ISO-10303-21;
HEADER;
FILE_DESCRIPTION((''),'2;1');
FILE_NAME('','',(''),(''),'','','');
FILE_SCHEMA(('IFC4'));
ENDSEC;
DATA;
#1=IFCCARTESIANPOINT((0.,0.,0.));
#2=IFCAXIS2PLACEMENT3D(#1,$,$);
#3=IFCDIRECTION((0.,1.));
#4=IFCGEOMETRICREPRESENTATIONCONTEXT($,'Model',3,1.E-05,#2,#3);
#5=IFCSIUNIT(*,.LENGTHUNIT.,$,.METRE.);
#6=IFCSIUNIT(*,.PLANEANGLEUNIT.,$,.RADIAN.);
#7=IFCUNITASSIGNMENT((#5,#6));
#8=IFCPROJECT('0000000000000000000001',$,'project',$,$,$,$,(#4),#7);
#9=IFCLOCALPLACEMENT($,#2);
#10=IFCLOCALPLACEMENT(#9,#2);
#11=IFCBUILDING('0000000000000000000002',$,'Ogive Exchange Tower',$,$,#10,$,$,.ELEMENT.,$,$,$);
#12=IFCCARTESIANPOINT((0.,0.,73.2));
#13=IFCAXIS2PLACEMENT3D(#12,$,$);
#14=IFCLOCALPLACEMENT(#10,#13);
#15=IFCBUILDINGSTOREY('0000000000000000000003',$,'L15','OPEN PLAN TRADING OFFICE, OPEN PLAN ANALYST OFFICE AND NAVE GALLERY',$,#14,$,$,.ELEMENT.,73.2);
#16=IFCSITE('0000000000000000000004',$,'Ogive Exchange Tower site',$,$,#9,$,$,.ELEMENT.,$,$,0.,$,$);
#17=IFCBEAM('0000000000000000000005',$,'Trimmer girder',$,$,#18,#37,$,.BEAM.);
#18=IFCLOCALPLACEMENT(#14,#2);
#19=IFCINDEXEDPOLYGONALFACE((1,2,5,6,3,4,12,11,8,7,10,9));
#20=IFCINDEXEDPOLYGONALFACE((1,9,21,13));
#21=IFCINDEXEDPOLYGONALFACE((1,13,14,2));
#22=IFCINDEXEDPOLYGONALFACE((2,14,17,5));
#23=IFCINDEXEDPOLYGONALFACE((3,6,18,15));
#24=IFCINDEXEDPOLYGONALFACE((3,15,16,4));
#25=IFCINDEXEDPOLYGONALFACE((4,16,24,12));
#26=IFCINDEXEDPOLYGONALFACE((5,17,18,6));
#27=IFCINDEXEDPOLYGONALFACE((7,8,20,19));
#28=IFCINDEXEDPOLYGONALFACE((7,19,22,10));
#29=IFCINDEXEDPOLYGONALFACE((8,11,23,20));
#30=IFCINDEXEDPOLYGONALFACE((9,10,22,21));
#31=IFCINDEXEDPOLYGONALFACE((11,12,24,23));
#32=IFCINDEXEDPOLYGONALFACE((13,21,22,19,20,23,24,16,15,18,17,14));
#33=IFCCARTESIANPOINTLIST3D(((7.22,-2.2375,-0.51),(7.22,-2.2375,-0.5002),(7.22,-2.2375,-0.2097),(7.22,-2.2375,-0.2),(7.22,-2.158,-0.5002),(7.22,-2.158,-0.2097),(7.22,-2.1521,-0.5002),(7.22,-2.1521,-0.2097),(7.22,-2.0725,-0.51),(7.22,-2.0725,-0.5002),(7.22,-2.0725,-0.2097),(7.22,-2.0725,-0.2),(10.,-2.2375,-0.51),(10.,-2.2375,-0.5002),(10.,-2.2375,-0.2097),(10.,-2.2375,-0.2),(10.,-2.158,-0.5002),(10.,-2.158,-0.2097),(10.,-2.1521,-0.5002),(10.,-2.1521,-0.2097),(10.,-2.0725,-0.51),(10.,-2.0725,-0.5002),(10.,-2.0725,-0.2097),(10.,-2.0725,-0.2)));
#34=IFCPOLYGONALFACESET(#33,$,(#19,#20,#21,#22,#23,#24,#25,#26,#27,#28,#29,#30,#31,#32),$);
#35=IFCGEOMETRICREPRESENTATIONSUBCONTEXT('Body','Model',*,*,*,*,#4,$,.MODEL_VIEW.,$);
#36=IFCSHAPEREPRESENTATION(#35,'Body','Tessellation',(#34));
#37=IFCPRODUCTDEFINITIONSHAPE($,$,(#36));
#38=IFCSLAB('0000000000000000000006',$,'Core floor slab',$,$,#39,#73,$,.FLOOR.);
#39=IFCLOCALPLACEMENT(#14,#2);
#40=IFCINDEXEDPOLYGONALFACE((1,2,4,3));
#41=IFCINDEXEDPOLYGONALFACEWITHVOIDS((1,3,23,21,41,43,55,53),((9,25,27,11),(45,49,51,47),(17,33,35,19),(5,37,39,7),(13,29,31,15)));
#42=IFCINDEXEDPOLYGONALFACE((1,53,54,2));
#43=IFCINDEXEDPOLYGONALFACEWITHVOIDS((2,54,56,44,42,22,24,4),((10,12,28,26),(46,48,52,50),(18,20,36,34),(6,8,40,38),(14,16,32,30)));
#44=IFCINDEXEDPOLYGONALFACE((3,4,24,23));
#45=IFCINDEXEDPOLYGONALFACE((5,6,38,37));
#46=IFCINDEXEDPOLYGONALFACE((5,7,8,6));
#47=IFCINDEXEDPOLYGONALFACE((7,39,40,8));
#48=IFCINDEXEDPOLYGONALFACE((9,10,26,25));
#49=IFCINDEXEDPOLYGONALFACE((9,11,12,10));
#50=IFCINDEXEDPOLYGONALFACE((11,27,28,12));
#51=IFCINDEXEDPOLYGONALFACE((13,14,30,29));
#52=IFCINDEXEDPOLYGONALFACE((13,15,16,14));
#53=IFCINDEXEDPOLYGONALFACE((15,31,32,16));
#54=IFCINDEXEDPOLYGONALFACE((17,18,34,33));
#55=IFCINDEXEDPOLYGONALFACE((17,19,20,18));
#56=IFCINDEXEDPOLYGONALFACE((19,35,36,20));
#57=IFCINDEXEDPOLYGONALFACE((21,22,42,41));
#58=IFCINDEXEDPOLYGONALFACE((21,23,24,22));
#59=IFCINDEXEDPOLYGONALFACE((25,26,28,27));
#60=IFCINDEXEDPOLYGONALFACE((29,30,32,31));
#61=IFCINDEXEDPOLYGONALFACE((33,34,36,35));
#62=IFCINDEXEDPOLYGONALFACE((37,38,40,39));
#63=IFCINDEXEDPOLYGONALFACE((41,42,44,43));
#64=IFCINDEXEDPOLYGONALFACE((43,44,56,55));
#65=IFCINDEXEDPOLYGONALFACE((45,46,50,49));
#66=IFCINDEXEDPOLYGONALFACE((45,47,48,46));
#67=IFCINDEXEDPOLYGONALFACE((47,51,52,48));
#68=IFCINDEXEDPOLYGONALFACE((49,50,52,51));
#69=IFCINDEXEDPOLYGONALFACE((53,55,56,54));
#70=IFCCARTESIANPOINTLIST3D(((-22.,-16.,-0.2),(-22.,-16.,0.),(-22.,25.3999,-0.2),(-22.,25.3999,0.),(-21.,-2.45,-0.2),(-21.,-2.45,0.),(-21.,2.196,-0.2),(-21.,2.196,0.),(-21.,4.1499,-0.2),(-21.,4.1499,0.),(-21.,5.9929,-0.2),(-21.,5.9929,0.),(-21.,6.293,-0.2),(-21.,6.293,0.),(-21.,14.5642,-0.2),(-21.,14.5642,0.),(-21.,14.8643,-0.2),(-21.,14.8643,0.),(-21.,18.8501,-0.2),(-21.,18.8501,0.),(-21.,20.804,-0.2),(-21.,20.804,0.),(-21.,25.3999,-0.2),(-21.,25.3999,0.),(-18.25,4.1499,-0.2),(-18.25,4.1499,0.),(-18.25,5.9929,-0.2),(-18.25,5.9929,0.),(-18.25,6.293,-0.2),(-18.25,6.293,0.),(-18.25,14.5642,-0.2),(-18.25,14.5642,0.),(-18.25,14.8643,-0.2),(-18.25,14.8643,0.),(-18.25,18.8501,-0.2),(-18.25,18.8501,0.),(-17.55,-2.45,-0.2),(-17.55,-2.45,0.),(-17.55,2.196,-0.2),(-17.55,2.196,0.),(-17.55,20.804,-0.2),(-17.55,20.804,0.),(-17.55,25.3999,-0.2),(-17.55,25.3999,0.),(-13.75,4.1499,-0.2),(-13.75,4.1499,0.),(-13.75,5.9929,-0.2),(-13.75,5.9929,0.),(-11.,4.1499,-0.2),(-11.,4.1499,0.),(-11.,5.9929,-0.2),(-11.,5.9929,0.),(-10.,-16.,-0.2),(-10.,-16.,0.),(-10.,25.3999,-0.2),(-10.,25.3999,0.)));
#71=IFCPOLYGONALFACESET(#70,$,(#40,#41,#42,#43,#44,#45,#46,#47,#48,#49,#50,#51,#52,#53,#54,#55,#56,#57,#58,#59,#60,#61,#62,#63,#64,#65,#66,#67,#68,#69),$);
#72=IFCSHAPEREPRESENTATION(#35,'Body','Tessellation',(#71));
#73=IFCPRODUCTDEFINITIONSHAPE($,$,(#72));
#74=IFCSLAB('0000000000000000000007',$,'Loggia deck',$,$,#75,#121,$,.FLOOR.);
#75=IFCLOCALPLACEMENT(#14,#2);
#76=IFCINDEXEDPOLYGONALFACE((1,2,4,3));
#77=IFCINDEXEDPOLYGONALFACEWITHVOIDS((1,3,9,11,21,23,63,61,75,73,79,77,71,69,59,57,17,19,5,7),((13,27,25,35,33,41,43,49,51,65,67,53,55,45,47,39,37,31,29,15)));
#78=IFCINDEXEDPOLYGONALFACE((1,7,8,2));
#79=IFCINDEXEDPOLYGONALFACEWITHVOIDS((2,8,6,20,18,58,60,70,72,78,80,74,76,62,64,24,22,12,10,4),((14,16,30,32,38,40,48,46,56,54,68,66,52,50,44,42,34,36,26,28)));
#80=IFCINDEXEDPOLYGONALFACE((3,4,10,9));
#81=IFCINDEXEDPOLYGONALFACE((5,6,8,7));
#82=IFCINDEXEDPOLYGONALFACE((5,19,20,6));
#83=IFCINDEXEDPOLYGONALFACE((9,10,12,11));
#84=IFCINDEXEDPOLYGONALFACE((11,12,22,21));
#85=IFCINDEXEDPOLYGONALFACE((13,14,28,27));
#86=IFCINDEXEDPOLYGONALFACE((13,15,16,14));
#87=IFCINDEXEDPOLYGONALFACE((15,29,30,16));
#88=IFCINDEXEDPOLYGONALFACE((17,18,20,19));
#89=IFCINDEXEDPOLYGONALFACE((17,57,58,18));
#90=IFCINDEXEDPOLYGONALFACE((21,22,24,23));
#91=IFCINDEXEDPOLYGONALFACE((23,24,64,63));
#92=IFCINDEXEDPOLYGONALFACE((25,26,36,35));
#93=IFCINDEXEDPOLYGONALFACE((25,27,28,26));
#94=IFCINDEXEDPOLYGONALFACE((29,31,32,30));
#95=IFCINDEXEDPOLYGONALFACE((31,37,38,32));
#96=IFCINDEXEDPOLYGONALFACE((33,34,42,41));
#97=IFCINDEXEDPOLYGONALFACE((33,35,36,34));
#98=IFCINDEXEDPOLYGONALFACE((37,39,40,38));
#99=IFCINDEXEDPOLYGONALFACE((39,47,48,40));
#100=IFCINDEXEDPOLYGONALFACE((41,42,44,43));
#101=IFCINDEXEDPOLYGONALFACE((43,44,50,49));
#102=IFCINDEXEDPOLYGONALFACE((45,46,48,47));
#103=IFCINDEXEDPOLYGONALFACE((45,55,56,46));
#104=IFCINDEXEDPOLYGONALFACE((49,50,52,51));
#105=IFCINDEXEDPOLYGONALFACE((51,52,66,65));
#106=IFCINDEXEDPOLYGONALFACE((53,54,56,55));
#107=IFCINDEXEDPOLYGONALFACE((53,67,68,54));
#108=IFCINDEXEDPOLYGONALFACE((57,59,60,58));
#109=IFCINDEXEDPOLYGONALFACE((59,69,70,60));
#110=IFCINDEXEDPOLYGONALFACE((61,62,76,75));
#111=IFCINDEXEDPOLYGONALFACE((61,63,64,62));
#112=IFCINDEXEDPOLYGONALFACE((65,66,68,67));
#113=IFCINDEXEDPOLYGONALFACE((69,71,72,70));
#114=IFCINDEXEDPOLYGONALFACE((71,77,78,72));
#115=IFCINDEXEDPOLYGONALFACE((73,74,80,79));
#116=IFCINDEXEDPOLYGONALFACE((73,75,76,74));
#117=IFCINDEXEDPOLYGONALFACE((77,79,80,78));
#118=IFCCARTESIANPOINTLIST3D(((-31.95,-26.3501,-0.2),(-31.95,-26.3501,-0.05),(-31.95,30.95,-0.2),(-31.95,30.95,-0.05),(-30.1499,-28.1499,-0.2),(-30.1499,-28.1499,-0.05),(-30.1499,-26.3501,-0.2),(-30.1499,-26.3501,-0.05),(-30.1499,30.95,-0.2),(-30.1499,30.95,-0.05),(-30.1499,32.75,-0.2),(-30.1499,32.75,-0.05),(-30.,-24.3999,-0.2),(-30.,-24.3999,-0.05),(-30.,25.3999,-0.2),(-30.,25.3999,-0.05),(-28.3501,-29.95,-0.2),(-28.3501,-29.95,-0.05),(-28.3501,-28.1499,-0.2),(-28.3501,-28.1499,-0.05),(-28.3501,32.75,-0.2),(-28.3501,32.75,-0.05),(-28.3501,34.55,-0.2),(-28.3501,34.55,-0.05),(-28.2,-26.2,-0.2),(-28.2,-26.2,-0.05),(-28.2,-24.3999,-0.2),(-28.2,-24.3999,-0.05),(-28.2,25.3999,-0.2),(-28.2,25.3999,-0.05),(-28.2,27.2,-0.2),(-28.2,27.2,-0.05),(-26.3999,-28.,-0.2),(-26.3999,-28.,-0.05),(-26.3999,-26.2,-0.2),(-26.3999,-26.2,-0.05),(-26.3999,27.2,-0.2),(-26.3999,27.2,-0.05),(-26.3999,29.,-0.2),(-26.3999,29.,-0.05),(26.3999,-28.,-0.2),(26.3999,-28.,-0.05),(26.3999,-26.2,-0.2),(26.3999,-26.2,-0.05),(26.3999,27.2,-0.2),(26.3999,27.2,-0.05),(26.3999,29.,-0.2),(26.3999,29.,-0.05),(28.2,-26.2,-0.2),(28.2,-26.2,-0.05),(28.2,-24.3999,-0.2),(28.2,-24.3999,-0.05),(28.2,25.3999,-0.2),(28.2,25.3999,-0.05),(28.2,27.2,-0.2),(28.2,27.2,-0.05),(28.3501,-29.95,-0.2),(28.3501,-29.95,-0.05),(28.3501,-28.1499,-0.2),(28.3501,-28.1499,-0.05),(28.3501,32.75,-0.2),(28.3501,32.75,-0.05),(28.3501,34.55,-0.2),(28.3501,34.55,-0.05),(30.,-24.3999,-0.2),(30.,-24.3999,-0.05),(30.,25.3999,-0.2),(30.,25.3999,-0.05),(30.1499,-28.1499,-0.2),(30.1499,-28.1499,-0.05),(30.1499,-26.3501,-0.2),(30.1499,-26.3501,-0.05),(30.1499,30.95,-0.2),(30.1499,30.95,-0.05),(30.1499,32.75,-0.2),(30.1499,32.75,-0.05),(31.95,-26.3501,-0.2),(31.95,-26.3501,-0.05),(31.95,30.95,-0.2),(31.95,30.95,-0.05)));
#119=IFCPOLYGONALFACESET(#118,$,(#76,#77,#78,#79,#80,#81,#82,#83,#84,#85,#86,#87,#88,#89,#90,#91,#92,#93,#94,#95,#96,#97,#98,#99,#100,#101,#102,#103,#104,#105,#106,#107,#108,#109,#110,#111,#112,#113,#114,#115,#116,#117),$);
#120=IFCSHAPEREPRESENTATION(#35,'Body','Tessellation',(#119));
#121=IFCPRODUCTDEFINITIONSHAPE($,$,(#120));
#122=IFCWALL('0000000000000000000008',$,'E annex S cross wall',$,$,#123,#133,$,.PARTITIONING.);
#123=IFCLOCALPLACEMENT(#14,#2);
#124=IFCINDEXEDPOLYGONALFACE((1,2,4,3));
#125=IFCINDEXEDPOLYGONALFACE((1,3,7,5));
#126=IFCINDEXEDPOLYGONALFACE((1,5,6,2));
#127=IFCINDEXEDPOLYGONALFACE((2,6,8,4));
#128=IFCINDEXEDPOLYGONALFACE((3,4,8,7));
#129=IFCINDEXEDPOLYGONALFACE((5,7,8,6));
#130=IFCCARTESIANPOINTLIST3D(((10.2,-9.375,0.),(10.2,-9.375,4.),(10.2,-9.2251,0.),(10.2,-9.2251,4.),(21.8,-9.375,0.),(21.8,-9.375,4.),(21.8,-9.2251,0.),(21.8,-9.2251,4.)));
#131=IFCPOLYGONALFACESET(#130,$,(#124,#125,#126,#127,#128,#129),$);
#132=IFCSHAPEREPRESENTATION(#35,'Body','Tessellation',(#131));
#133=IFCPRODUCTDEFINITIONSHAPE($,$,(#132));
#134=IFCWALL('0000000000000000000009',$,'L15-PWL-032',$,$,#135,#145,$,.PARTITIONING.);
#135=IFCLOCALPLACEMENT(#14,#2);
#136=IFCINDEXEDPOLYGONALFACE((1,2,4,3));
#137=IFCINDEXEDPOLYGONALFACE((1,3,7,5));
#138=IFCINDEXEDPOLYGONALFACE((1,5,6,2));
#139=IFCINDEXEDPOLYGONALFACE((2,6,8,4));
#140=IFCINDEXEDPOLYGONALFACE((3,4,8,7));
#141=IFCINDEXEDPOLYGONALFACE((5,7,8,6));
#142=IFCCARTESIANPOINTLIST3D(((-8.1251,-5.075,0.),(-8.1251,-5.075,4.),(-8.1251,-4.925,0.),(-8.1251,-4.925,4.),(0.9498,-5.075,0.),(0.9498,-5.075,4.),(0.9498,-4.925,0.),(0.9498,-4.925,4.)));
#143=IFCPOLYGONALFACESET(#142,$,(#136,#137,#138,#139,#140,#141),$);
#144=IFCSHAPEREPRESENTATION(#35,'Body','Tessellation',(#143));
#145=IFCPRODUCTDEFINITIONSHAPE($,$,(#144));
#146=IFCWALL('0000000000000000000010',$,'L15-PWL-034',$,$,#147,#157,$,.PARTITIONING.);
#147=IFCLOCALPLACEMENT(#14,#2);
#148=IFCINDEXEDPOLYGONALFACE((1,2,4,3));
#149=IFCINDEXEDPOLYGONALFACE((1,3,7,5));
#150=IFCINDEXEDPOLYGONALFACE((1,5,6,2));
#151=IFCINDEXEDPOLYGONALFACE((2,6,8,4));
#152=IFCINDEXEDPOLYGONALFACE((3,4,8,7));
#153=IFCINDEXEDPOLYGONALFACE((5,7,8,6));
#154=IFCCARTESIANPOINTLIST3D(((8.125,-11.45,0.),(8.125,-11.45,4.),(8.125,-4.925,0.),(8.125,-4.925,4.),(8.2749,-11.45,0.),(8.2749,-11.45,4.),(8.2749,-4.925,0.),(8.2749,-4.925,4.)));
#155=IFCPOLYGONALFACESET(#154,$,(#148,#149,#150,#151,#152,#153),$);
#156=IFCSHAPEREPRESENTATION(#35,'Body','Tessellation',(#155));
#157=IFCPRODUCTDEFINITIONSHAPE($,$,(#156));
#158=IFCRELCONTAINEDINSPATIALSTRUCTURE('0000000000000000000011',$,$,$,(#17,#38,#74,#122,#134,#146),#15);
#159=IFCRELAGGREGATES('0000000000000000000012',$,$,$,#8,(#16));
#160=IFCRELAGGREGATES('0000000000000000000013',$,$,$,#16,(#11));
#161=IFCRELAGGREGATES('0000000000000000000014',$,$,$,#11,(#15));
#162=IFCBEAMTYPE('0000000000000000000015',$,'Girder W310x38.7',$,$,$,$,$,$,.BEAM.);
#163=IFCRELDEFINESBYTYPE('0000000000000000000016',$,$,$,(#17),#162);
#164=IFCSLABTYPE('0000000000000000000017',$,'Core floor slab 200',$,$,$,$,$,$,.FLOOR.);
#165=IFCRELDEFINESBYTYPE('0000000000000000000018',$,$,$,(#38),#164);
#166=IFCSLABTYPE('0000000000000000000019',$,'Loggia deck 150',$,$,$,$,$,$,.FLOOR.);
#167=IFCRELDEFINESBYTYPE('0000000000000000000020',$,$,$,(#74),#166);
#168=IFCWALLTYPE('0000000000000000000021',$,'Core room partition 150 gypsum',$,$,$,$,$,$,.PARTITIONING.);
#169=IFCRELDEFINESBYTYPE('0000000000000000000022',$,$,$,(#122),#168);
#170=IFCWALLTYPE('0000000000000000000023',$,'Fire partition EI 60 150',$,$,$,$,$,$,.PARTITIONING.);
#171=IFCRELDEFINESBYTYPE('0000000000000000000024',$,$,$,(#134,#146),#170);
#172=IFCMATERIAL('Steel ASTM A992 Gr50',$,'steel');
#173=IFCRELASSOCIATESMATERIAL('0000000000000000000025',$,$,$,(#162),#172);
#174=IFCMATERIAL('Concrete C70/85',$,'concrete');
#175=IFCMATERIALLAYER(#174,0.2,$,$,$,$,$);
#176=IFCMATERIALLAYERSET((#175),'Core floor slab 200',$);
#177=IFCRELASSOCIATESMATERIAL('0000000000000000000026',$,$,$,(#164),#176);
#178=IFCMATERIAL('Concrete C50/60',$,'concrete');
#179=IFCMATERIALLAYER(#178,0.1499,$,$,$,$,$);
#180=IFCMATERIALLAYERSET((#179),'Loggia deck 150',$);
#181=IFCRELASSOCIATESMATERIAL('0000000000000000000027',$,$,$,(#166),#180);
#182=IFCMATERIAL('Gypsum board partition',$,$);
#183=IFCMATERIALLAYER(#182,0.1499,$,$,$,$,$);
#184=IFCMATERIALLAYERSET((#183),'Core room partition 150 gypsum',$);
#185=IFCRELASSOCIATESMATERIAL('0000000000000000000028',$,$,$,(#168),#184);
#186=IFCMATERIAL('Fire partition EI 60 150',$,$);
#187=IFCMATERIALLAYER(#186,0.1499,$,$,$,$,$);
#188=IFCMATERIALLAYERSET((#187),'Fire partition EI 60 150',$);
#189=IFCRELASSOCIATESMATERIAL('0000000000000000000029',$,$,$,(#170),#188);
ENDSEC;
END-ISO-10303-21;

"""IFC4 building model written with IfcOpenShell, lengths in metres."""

from ifc_helpers import new_model, si_unit, direction, frame, frame_2d, origin, origin_2d, place, context, subcontext, project, spatial, polyline, rectangle, i_section, outline, extrude, material, layer, layer_set, material_profile, profile_set, type_object, element, save


model = new_model("IFC4")

# Units and contexts
model_context = context("Model", 3, precision=1e-05, world=origin(), true_north=direction((0.0, 1.0)))
body_context = subcontext(model_context, "Body", "Model", "MODEL_VIEW")
ifc_project = project(units=[si_unit("LENGTHUNIT", "METRE"), si_unit("PLANEANGLEUNIT", "RADIAN")], contexts=[model_context])

# Site, building, storey
site_placement = place(None, origin())
site = spatial("IfcSite", under=ifc_project, at=site_placement, Name="Ogive Exchange Tower site", CompositionType="ELEMENT", RefElevation=0.0)
building_placement = place(site_placement, origin())
building = spatial("IfcBuilding", under=site, at=building_placement, Name="Ogive Exchange Tower", CompositionType="ELEMENT")
storey_placement = place(building_placement, frame((0.0, 0.0, 73.2)))
storey = spatial("IfcBuildingStorey", under=building, at=storey_placement, Name="L15", Description="OPEN PLAN TRADING OFFICE, OPEN PLAN ANALYST OFFICE AND NAVE GALLERY", CompositionType="ELEMENT", Elevation=73.2)

# Beam
ifc_material_1 = material(Name="Steel ASTM A992 Gr50", Category="steel")
ifc_material_profile = material_profile(ifc_material_1, i_section(OverallWidth=0.165, OverallDepth=0.3101, WebThickness=0.0059, FlangeThickness=0.0098, at=origin_2d()), Name="W310x38.7")
ifc_profile_set = profile_set([ifc_material_profile], Name="Steel ASTM A992 Gr50")
beam_type = type_object("IfcBeamType", Name="Girder W310x38.7", PredefinedType="BEAM", material=ifc_profile_set)
beam_placement = place(storey_placement, frame((7.22, -2.155, -0.355), z_axis=(1.0, 0.0, 0.0), x_axis=(0.0, 1.0, 0.0)))
element("IfcBeam", 1, at=beam_placement, inside=storey, type_object=beam_type, Name="Trimmer girder", PredefinedType="BEAM", context=body_context, shape_type="SweptSolid", body=[
    extrude(i_section(OverallWidth=0.165, OverallDepth=0.3101, WebThickness=0.0059, FlangeThickness=0.0098, at=origin_2d()), origin(), (0.0, 0.0, 1.0), 2.78),
])

# Slabs
ifc_material_2 = material(Name="Concrete C70/85", Category="concrete")
ifc_layer_1 = layer(ifc_material_2, 0.2)
ifc_layer_set_1 = layer_set([ifc_layer_1], Name="Core floor slab 200")
slab_type_1 = type_object("IfcSlabType", Name="Core floor slab 200", PredefinedType="FLOOR", material=ifc_layer_set_1)
slab_1_placement = place(storey_placement, frame((0.0, 0.0, -0.2)))
element("IfcSlab", 2, at=slab_1_placement, inside=storey, type_object=slab_type_1, Name="Core floor slab", PredefinedType="FLOOR", context=body_context, shape_type="SweptSolid", body=[
    extrude(outline(polyline([(-10.0, 25.3999), (-10.0, -16.0), (-22.0, -16.0), (-22.0, 25.3999), (-21.0, 25.3999), (-21.0, 20.804), (-17.55, 20.804), (-17.55, 25.3999), (-10.0, 25.3999)]), holes=[polyline([(-17.55, 2.196), (-21.0, 2.196), (-21.0, -2.45), (-17.55, -2.45), (-17.55, 2.196)]), polyline([(-18.25, 5.9929), (-21.0, 5.9929), (-21.0, 4.1499), (-18.25, 4.1499), (-18.25, 5.9929)]), polyline([(-11.0, 5.9929), (-13.75, 5.9929), (-13.75, 4.1499), (-11.0, 4.1499), (-11.0, 5.9929)]), polyline([(-21.0, 14.5642), (-21.0, 6.293), (-18.25, 6.293), (-18.25, 14.5642), (-21.0, 14.5642)]), polyline([(-18.25, 18.8501), (-21.0, 18.8501), (-21.0, 14.8643), (-18.25, 14.8643), (-18.25, 18.8501)])]), origin(), (0.0, 0.0, 1.0), 0.2),
])
ifc_material_3 = material(Name="Concrete C50/60", Category="concrete")
ifc_layer_2 = layer(ifc_material_3, 0.1499)
ifc_layer_set_2 = layer_set([ifc_layer_2], Name="Loggia deck 150")
slab_type_2 = type_object("IfcSlabType", Name="Loggia deck 150", PredefinedType="FLOOR", material=ifc_layer_set_2)
slab_2_placement = place(storey_placement, frame((0.0, 0.0, -0.2)))
element("IfcSlab", 3, at=slab_2_placement, inside=storey, type_object=slab_type_2, Name="Loggia deck", PredefinedType="FLOOR", context=body_context, shape_type="SweptSolid", body=[
    extrude(outline(polyline([(-28.3501, -28.1499), (-30.1499, -28.1499), (-30.1499, -26.3501), (-31.95, -26.3501), (-31.95, 30.95), (-30.1499, 30.95), (-30.1499, 32.75), (-28.3501, 32.75), (-28.3501, 34.55), (28.3501, 34.55), (28.3501, 32.75), (30.1499, 32.75), (30.1499, 30.95), (31.95, 30.95), (31.95, -26.3501), (30.1499, -26.3501), (30.1499, -28.1499), (28.3501, -28.1499), (28.3501, -29.95), (-28.3501, -29.95), (-28.3501, -28.1499)]), holes=[polyline([(26.3999, -26.2), (28.2, -26.2), (28.2, -24.3999), (30.0, -24.3999), (30.0, 25.3999), (28.2, 25.3999), (28.2, 27.2), (26.3999, 27.2), (26.3999, 29.0), (-26.3999, 29.0), (-26.3999, 27.2), (-28.2, 27.2), (-28.2, 25.3999), (-30.0, 25.3999), (-30.0, -24.3999), (-28.2, -24.3999), (-28.2, -26.2), (-26.3999, -26.2), (-26.3999, -28.0), (26.3999, -28.0), (26.3999, -26.2)])]), origin(), (0.0, 0.0, 1.0), 0.1499),
])

# Walls
ifc_material_4 = material(Name="Gypsum board partition")
ifc_layer_3 = layer(ifc_material_4, 0.1499)
ifc_layer_set_3 = layer_set([ifc_layer_3], Name="Core room partition 150 gypsum")
wall_type_1 = type_object("IfcWallType", Name="Core room partition 150 gypsum", PredefinedType="PARTITIONING", material=ifc_layer_set_3)
wall_1_placement = place(storey_placement, frame((10.2, -9.3, 0.0), z_axis=(0.0, 0.0, 1.0), x_axis=(1.0, 0.0, 0.0)))
element("IfcWall", 4, at=wall_1_placement, inside=storey, type_object=wall_type_1, Name="E annex S cross wall", PredefinedType="PARTITIONING", context=body_context, shape_type="SweptSolid", body=[
    extrude(rectangle(XDim=11.6001, YDim=0.1499, at=frame_2d((5.8, 0.0))), origin(), (0.0, 0.0, 1.0), 4.0),
])
ifc_material_5 = material(Name="Fire partition EI 60 150")
ifc_layer_4 = layer(ifc_material_5, 0.1499)
ifc_layer_set_4 = layer_set([ifc_layer_4], Name="Fire partition EI 60 150")
wall_type_2 = type_object("IfcWallType", Name="Fire partition EI 60 150", PredefinedType="PARTITIONING", material=ifc_layer_set_4)
wall_2_placement = place(storey_placement, frame((0.95, -5.0, 0.0), z_axis=(0.0, 0.0, 1.0), x_axis=(-1.0, 0.0, 0.0)))
element("IfcWall", 5, at=wall_2_placement, inside=storey, type_object=wall_type_2, Name="L15-PWL-032", PredefinedType="PARTITIONING", context=body_context, shape_type="SweptSolid", body=[
    extrude(rectangle(XDim=9.075, YDim=0.1499, at=frame_2d((4.5376, 0.0))), origin(), (0.0, 0.0, 1.0), 4.0),
])
wall_3_placement = place(storey_placement, frame((8.2, -11.45, 0.0), z_axis=(0.0, 0.0, 1.0), x_axis=(0.0, 1.0, 0.0)))
element("IfcWall", 6, at=wall_3_placement, inside=storey, type_object=wall_type_2, Name="L15-PWL-034", PredefinedType="PARTITIONING", context=body_context, shape_type="SweptSolid", body=[
    extrude(rectangle(XDim=6.5249, YDim=0.1499, at=frame_2d((3.2625, 0.0))), origin(), (0.0, 0.0, 1.0), 4.0),
])

save(model, "model.ifc")
